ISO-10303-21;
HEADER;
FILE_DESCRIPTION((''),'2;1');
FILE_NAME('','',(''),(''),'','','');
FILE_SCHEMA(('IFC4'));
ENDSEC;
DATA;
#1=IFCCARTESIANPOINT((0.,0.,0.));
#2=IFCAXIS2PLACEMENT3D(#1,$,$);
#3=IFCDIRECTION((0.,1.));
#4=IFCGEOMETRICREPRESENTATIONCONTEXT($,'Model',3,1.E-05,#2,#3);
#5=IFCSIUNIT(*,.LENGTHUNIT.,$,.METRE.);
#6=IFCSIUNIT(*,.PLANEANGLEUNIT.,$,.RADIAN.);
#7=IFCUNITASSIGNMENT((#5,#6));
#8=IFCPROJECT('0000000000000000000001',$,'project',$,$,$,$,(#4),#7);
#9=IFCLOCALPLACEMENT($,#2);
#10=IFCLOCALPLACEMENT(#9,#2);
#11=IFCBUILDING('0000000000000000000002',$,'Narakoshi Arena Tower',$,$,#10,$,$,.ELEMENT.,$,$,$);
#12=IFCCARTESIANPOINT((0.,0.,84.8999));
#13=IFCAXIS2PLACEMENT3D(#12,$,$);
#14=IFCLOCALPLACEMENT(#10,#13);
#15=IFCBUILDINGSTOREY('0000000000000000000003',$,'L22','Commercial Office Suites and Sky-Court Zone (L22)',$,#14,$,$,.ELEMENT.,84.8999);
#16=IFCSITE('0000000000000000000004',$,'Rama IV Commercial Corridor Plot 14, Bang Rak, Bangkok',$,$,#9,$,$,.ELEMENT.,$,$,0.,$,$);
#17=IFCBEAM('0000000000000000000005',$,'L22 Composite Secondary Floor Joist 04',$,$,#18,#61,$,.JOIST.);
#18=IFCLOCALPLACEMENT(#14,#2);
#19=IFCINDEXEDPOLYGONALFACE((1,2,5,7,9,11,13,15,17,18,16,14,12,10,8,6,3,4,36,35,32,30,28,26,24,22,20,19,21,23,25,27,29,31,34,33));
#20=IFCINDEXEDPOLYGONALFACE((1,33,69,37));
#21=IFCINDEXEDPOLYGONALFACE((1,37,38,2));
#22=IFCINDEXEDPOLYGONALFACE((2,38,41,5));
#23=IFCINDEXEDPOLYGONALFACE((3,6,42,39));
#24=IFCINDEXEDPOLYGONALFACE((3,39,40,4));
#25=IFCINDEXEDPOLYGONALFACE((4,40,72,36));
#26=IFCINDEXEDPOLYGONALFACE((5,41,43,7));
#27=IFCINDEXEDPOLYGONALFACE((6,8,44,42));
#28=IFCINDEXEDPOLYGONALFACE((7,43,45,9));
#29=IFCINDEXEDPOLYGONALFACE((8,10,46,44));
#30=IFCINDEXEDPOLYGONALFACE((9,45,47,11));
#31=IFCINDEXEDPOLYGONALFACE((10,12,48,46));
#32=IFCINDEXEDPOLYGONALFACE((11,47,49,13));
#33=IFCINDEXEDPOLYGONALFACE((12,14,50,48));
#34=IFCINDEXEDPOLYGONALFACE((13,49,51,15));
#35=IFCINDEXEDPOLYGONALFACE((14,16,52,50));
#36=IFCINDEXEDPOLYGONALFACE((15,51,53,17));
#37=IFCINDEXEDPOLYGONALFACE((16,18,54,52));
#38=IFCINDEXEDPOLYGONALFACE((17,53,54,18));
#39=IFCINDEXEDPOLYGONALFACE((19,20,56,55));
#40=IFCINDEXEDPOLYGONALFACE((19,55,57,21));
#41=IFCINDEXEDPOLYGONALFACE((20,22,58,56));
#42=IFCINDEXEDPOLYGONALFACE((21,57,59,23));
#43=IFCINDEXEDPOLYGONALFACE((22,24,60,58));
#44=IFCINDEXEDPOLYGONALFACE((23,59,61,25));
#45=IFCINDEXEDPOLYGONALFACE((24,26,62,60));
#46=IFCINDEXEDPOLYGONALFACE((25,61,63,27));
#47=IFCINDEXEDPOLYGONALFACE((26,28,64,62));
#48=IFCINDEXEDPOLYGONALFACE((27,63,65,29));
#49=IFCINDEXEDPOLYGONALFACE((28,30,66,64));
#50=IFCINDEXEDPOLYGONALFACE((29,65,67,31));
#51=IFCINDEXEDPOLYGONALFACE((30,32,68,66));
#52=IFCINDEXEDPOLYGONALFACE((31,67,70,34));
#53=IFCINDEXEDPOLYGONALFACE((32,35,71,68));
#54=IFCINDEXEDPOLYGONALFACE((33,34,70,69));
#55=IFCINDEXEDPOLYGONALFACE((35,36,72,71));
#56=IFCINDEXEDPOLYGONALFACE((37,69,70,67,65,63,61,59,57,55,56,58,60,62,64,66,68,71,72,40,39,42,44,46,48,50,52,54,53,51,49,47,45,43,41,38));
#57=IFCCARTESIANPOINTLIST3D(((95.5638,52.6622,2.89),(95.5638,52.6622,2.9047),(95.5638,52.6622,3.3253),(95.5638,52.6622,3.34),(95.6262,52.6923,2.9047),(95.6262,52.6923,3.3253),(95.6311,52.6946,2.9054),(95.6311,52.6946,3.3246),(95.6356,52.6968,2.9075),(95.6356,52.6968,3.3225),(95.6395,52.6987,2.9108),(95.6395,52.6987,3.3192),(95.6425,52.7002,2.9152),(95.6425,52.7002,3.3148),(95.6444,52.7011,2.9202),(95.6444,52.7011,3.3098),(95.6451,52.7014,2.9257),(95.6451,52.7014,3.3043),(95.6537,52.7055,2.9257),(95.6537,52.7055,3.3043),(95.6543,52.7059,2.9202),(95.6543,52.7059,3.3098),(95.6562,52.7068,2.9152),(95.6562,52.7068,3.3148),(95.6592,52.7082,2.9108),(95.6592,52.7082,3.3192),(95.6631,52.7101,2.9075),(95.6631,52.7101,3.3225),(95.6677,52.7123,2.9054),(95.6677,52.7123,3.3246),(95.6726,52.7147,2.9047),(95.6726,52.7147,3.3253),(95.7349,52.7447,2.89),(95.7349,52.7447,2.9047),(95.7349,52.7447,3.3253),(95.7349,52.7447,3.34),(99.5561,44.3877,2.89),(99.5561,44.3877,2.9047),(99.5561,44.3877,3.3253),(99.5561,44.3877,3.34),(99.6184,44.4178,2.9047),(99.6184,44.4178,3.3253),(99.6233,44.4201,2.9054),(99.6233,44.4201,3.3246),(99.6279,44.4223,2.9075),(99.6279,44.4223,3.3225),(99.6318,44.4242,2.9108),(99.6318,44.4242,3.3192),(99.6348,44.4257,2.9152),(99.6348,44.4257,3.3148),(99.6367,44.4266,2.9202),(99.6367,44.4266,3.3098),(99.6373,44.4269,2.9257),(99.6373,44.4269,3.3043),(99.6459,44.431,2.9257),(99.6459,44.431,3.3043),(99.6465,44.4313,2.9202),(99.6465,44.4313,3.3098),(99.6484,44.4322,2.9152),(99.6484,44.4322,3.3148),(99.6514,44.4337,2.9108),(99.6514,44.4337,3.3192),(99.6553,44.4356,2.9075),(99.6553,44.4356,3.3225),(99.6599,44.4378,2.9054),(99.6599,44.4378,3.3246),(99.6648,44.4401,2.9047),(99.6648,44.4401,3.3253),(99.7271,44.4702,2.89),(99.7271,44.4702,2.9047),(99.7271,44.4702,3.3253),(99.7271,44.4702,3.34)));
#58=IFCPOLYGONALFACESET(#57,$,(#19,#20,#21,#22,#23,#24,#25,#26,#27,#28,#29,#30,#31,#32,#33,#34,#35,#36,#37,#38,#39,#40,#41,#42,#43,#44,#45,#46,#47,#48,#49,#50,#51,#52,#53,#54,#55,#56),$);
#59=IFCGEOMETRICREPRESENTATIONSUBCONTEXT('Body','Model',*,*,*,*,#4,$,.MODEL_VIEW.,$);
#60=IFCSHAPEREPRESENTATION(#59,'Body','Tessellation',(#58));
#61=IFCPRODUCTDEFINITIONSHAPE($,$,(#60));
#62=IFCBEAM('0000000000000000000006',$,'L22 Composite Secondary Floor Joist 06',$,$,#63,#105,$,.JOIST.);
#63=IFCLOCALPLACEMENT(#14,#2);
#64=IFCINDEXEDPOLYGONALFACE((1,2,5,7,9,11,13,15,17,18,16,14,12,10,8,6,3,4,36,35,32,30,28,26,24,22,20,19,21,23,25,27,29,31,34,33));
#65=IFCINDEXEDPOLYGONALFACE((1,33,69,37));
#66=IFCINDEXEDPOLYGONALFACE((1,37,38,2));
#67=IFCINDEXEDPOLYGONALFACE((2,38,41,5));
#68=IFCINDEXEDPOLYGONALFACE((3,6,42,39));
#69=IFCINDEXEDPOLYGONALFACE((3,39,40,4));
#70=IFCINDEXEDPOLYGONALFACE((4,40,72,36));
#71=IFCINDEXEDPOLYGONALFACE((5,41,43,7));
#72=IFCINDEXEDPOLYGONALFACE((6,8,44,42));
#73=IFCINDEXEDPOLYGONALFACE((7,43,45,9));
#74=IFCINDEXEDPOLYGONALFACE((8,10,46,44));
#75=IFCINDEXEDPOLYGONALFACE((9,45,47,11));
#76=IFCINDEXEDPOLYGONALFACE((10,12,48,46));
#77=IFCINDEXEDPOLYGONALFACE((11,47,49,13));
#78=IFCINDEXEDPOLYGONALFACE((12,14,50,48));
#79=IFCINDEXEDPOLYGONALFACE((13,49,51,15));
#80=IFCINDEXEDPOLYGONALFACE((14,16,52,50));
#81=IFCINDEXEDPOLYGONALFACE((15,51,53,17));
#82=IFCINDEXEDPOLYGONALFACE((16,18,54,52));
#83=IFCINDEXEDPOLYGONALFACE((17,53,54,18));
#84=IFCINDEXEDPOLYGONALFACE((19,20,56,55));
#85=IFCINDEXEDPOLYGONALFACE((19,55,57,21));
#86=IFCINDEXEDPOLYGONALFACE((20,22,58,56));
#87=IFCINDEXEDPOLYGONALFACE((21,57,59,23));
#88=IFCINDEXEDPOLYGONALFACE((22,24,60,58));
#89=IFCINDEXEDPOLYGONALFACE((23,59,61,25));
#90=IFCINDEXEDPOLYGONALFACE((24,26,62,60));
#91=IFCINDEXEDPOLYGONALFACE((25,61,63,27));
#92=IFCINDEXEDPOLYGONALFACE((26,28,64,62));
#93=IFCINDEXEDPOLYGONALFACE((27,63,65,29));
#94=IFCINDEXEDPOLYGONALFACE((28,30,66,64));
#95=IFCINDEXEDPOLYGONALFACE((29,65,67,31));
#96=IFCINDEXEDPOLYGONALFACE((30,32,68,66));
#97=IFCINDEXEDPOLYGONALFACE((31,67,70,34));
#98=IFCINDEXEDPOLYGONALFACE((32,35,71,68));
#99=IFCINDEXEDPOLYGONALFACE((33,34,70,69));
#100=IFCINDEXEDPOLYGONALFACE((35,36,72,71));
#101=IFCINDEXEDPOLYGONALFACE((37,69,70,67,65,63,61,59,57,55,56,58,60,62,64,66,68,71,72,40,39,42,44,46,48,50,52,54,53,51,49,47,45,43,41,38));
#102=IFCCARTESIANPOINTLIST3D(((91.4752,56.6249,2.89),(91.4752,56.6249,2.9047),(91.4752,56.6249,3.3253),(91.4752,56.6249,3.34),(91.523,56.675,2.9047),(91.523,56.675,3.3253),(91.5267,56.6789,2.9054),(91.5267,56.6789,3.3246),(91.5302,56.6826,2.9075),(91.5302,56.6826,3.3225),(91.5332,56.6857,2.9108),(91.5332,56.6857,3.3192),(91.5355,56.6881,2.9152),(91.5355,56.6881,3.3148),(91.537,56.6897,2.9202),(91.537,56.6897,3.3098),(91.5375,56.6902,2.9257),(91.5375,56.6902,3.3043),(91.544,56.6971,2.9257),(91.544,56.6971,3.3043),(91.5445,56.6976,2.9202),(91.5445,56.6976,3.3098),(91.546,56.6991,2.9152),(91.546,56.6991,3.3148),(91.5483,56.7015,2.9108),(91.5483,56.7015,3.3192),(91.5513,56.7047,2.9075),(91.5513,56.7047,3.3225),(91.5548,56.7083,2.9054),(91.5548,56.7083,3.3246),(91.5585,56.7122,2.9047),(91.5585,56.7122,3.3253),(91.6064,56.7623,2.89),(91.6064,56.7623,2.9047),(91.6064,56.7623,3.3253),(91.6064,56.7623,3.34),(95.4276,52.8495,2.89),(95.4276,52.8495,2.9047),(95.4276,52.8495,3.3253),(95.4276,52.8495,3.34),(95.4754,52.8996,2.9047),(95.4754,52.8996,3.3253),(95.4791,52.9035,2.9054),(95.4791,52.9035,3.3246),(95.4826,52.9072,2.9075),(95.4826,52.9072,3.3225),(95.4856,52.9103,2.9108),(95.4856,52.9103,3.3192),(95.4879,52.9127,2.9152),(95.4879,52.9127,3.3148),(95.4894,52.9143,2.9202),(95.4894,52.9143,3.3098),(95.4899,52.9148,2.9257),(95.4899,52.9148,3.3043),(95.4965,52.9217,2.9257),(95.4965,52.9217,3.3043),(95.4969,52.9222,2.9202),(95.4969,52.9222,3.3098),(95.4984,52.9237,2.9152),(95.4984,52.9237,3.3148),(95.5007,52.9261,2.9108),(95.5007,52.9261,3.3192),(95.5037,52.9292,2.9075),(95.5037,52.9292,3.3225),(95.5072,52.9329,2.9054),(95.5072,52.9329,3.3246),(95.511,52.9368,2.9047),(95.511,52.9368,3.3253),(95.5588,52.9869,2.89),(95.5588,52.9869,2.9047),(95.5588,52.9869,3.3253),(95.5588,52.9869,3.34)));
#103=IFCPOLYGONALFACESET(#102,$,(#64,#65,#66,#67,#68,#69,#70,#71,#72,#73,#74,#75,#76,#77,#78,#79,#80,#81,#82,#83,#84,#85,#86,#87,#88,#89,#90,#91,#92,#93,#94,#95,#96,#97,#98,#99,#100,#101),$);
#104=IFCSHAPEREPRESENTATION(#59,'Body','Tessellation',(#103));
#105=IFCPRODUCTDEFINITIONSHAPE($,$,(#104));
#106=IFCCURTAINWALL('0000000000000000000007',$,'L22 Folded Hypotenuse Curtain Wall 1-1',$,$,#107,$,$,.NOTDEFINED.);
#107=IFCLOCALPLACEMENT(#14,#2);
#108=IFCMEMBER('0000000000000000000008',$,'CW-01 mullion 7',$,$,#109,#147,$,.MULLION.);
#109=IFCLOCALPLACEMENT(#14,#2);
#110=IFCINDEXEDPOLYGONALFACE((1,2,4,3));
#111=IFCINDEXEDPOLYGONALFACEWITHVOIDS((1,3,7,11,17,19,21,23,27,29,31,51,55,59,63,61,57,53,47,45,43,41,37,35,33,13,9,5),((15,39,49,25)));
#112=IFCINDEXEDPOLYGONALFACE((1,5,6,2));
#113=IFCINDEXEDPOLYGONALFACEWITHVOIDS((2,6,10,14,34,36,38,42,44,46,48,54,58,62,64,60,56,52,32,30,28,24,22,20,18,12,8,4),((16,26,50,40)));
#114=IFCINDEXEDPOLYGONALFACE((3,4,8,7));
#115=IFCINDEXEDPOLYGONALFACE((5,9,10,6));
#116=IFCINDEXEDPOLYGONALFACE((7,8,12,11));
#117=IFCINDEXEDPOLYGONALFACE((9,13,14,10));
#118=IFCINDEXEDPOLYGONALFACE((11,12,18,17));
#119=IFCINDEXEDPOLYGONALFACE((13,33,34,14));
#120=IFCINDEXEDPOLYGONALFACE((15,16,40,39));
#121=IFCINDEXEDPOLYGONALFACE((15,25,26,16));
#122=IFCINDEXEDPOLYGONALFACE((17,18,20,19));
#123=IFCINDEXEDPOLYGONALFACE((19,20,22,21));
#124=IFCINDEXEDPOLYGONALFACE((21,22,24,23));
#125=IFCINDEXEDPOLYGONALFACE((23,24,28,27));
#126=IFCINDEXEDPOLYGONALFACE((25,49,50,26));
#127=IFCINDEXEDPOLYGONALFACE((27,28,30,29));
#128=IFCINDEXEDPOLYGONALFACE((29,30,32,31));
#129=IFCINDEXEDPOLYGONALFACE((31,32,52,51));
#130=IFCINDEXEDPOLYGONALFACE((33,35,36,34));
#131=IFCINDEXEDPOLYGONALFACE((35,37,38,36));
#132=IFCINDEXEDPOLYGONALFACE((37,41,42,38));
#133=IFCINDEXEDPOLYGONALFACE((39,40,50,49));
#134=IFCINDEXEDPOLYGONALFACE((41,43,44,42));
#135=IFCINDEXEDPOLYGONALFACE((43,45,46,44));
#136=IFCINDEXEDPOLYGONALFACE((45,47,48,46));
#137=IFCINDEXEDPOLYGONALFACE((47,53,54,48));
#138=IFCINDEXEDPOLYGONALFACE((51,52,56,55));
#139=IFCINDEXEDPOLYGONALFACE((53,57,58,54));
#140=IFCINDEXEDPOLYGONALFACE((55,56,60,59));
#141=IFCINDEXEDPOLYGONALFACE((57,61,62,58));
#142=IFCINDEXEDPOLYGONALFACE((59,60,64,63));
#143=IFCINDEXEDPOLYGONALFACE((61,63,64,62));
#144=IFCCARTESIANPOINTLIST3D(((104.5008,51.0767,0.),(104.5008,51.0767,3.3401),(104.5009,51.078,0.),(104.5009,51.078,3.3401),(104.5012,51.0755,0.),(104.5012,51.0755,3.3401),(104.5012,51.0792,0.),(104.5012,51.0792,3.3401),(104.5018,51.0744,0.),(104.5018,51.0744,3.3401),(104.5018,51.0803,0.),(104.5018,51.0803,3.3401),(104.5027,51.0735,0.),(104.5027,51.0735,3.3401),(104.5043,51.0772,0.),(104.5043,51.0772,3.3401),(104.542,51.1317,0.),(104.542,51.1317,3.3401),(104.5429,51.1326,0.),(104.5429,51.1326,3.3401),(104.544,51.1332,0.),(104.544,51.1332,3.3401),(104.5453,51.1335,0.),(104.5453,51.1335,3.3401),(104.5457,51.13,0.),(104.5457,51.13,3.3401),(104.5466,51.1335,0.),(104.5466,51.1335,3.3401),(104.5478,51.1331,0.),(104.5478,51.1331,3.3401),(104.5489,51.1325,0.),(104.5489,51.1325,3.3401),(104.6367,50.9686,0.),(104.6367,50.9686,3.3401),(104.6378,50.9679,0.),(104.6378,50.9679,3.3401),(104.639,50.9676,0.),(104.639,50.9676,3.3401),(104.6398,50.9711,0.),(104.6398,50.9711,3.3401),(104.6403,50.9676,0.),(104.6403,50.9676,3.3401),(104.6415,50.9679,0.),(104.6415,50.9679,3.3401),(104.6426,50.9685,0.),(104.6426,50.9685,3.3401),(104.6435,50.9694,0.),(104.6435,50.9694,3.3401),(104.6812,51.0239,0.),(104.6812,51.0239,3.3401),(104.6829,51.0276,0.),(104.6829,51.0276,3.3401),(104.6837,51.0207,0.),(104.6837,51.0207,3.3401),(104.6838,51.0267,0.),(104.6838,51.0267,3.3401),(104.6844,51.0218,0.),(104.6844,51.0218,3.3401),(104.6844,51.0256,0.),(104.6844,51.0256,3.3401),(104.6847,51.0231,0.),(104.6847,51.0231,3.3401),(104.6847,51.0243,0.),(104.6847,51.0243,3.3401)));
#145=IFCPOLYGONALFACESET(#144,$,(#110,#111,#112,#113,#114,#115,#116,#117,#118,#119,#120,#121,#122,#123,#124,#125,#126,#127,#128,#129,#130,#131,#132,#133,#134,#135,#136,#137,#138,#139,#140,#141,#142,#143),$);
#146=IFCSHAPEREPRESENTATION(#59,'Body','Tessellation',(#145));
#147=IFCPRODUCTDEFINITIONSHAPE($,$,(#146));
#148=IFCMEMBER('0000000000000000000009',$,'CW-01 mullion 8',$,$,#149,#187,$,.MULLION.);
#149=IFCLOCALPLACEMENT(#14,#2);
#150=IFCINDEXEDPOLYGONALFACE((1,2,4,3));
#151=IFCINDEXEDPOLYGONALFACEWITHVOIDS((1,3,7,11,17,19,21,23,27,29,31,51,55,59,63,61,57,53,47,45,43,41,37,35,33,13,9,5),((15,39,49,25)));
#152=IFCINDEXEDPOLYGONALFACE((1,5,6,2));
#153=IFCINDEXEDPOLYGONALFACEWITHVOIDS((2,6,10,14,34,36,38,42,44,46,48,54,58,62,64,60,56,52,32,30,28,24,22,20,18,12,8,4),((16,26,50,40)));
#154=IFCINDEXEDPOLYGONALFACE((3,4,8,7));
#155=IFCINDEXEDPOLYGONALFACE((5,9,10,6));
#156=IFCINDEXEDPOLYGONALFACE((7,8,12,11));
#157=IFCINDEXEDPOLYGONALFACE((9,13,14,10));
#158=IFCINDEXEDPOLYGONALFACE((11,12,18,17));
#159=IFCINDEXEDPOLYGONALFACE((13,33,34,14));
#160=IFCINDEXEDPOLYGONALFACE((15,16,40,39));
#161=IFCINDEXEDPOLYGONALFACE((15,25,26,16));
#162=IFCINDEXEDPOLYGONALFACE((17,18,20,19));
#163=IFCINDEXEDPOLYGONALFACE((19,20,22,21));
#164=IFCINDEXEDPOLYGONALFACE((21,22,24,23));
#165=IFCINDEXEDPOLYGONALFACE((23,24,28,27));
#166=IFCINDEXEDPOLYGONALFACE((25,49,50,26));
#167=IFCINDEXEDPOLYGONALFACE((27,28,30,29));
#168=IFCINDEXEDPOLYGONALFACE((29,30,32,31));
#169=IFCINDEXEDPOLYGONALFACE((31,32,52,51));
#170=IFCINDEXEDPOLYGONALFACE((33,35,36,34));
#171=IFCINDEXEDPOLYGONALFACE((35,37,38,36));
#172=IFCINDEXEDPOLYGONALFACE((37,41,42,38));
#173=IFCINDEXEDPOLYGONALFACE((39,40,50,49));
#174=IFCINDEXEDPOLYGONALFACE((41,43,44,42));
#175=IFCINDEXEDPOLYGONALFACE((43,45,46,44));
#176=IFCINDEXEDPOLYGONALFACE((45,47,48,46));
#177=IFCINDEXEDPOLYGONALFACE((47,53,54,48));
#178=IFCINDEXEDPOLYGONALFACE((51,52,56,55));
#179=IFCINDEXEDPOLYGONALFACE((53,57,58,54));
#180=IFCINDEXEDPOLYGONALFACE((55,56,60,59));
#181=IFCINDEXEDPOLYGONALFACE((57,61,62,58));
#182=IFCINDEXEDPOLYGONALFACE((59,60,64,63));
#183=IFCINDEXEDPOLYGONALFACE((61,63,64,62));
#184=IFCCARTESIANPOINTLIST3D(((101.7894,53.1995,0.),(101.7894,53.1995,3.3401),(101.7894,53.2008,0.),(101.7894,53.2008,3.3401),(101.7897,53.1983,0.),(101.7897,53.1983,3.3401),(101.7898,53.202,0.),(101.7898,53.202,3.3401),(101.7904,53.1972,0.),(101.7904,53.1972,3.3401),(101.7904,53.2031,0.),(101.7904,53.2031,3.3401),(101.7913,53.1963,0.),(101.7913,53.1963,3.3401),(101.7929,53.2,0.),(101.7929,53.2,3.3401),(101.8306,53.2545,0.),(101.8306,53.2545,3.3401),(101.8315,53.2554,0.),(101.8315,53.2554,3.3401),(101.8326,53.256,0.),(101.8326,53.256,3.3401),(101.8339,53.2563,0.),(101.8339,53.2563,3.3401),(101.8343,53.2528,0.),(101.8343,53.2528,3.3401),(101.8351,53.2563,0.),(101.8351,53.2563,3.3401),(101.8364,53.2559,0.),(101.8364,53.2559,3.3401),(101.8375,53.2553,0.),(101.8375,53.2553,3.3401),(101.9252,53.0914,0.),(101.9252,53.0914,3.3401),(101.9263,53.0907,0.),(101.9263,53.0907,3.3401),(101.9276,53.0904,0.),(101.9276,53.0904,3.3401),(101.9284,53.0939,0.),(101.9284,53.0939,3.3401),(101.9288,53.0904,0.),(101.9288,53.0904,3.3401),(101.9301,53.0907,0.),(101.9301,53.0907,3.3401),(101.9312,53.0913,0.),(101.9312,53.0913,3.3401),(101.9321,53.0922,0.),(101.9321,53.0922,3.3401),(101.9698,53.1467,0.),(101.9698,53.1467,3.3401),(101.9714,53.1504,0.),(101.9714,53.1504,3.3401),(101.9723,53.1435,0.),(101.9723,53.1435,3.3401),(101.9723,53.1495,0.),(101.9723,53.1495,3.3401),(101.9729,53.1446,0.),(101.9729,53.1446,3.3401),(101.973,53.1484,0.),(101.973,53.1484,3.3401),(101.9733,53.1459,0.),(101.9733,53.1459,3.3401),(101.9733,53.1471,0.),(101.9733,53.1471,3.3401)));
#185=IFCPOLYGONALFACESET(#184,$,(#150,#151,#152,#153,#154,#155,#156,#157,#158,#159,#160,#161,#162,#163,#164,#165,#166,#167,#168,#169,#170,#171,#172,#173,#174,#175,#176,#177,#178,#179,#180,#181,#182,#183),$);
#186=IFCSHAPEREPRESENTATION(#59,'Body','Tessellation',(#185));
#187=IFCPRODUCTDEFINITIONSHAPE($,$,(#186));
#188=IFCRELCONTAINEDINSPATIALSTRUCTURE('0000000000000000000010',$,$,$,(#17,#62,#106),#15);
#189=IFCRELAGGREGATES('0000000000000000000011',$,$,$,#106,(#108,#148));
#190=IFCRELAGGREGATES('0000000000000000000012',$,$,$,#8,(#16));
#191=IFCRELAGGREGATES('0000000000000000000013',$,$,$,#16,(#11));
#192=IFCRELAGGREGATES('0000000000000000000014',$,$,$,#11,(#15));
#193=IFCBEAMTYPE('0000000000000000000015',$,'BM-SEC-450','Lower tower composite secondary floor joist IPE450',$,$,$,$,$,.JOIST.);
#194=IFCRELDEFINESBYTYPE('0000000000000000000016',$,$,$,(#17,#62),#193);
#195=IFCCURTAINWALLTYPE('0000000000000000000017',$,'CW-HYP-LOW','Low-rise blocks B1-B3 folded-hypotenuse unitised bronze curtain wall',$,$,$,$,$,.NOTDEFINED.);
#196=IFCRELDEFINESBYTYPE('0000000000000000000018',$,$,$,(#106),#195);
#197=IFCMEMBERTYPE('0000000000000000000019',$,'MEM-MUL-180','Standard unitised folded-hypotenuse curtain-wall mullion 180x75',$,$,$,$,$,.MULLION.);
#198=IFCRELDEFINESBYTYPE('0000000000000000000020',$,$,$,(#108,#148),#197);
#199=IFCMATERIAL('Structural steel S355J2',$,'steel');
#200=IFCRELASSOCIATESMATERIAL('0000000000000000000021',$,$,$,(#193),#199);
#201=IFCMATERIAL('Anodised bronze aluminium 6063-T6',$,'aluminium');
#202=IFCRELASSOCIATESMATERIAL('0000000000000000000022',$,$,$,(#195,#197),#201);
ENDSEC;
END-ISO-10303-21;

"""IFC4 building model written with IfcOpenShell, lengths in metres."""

from ifc_helpers import new_model, si_unit, direction, frame, origin, origin_2d, place, context, subcontext, project, spatial, hollow_rectangle, i_section, extrude, material, material_profile, profile_set, type_object, element, aggregate, save


model = new_model("IFC4")

# Units and contexts
model_context = context("Model", 3, precision=1e-05, world=origin(), true_north=direction((0.0, 1.0)))
body_context = subcontext(model_context, "Body", "Model", "MODEL_VIEW")
ifc_project = project(units=[si_unit("LENGTHUNIT", "METRE"), si_unit("PLANEANGLEUNIT", "RADIAN")], contexts=[model_context])

# Site, building, storey
site_placement = place(None, origin())
site = spatial("IfcSite", under=ifc_project, at=site_placement, Name="Rama IV Commercial Corridor Plot 14, Bang Rak, Bangkok", CompositionType="ELEMENT", RefElevation=0.0)
building_placement = place(site_placement, origin())
building = spatial("IfcBuilding", under=site, at=building_placement, Name="Narakoshi Arena Tower", CompositionType="ELEMENT")
storey_placement = place(building_placement, frame((0.0, 0.0, 84.8999)))
storey = spatial("IfcBuildingStorey", under=building, at=storey_placement, Name="L22", Description="Commercial Office Suites and Sky-Court Zone (L22)", CompositionType="ELEMENT", Elevation=84.8999)

# Beams
ifc_material_1 = material(Name="Structural steel S355J2", Category="steel")
ifc_material_profile_1 = material_profile(ifc_material_1, i_section(OverallWidth=0.1899, OverallDepth=0.45, WebThickness=0.0095, FlangeThickness=0.0146, FilletRadius=0.021, at=origin_2d()), Name="IPE450")
ifc_profile_set_1 = profile_set([ifc_material_profile_1], Name="Structural steel S355J2")
beam_type_1 = type_object("IfcBeamType", Name="BM-SEC-450", Description="Lower tower composite secondary floor joist IPE450", PredefinedType="JOIST", material=ifc_profile_set_1)
beam_1_placement = place(storey_placement, frame((99.6416, 44.429, 3.115), z_axis=(-0.434541, 0.900652, 0.0), x_axis=(-0.900652, -0.434541, 0.0)))
element("IfcBeam", 1, at=beam_1_placement, inside=storey, type_object=beam_type_1, Name="L22 Composite Secondary Floor Joist 04", PredefinedType="JOIST", context=body_context, shape_type="SweptSolid", body=[
    extrude(i_section(OverallWidth=0.1899, OverallDepth=0.45, WebThickness=0.0095, FlangeThickness=0.0146, FilletRadius=0.021, at=origin_2d()), origin(), (0.0, 0.0, 1.0), 9.1873),
])
beam_2_placement = place(storey_placement, frame((95.4932, 52.9182, 3.115), z_axis=(-0.723113, 0.69073, 0.0), x_axis=(-0.69073, -0.723113, 0.0)))
element("IfcBeam", 2, at=beam_2_placement, inside=storey, type_object=beam_type_1, Name="L22 Composite Secondary Floor Joist 06", PredefinedType="JOIST", context=body_context, shape_type="SweptSolid", body=[
    extrude(i_section(OverallWidth=0.1899, OverallDepth=0.45, WebThickness=0.0095, FlangeThickness=0.0146, FilletRadius=0.021, at=origin_2d()), origin(), (0.0, 0.0, 1.0), 5.4658),
])

# Curtain wall, members
ifc_material_2 = material(Name="Anodised bronze aluminium 6063-T6", Category="aluminium")
curtain_wall_type = type_object("IfcCurtainWallType", Name="CW-HYP-LOW", Description="Low-rise blocks B1-B3 folded-hypotenuse unitised bronze curtain wall", PredefinedType="NOTDEFINED", material=ifc_material_2)
curtain_wall_placement = place(storey_placement, origin())
curtain_wall = element("IfcCurtainWall", 3, at=curtain_wall_placement, inside=storey, type_object=curtain_wall_type, Name="L22 Folded Hypotenuse Curtain Wall 1-1", PredefinedType="NOTDEFINED")
ifc_material_profile_2 = material_profile(ifc_material_2, hollow_rectangle(XDim=0.075, YDim=0.1799, WallThickness=0.0039, OuterFilletRadius=0.0049, at=origin_2d()), Name="MUL180x75x4")
ifc_profile_set_2 = profile_set([ifc_material_profile_2], Name="Anodised bronze aluminium 6063-T6")
member_type_1 = type_object("IfcMemberType", Name="MEM-MUL-180", Description="Standard unitised folded-hypotenuse curtain-wall mullion 180x75", PredefinedType="MULLION", material=ifc_profile_set_2)
member_1_placement = place(storey_placement, frame((104.5928, 51.0505, 0.0), z_axis=(0.0, 0.0, 1.0), x_axis=(-0.616458, -0.787388, 0.0)))
member_1 = element("IfcMember", 4, at=member_1_placement, type_object=member_type_1, Name="CW-01 mullion 7", PredefinedType="MULLION", context=body_context, shape_type="SweptSolid", body=[
    extrude(hollow_rectangle(XDim=0.075, YDim=0.1799, WallThickness=0.0039, OuterFilletRadius=0.0049, at=origin_2d()), origin(), (0.0, 0.0, 1.0), 3.3401),
])
member_2_placement = place(storey_placement, frame((101.8813, 53.1733, 0.0), z_axis=(0.0, 0.0, 1.0), x_axis=(-0.616458, -0.787388, 0.0)))
member_2 = element("IfcMember", 5, at=member_2_placement, type_object=member_type_1, Name="CW-01 mullion 8", PredefinedType="MULLION", context=body_context, shape_type="SweptSolid", body=[
    extrude(hollow_rectangle(XDim=0.075, YDim=0.1799, WallThickness=0.0039, OuterFilletRadius=0.0049, at=origin_2d()), origin(), (0.0, 0.0, 1.0), 3.3401),
])
aggregate(curtain_wall, [member_1, member_2])

save(model, "model.ifc")
